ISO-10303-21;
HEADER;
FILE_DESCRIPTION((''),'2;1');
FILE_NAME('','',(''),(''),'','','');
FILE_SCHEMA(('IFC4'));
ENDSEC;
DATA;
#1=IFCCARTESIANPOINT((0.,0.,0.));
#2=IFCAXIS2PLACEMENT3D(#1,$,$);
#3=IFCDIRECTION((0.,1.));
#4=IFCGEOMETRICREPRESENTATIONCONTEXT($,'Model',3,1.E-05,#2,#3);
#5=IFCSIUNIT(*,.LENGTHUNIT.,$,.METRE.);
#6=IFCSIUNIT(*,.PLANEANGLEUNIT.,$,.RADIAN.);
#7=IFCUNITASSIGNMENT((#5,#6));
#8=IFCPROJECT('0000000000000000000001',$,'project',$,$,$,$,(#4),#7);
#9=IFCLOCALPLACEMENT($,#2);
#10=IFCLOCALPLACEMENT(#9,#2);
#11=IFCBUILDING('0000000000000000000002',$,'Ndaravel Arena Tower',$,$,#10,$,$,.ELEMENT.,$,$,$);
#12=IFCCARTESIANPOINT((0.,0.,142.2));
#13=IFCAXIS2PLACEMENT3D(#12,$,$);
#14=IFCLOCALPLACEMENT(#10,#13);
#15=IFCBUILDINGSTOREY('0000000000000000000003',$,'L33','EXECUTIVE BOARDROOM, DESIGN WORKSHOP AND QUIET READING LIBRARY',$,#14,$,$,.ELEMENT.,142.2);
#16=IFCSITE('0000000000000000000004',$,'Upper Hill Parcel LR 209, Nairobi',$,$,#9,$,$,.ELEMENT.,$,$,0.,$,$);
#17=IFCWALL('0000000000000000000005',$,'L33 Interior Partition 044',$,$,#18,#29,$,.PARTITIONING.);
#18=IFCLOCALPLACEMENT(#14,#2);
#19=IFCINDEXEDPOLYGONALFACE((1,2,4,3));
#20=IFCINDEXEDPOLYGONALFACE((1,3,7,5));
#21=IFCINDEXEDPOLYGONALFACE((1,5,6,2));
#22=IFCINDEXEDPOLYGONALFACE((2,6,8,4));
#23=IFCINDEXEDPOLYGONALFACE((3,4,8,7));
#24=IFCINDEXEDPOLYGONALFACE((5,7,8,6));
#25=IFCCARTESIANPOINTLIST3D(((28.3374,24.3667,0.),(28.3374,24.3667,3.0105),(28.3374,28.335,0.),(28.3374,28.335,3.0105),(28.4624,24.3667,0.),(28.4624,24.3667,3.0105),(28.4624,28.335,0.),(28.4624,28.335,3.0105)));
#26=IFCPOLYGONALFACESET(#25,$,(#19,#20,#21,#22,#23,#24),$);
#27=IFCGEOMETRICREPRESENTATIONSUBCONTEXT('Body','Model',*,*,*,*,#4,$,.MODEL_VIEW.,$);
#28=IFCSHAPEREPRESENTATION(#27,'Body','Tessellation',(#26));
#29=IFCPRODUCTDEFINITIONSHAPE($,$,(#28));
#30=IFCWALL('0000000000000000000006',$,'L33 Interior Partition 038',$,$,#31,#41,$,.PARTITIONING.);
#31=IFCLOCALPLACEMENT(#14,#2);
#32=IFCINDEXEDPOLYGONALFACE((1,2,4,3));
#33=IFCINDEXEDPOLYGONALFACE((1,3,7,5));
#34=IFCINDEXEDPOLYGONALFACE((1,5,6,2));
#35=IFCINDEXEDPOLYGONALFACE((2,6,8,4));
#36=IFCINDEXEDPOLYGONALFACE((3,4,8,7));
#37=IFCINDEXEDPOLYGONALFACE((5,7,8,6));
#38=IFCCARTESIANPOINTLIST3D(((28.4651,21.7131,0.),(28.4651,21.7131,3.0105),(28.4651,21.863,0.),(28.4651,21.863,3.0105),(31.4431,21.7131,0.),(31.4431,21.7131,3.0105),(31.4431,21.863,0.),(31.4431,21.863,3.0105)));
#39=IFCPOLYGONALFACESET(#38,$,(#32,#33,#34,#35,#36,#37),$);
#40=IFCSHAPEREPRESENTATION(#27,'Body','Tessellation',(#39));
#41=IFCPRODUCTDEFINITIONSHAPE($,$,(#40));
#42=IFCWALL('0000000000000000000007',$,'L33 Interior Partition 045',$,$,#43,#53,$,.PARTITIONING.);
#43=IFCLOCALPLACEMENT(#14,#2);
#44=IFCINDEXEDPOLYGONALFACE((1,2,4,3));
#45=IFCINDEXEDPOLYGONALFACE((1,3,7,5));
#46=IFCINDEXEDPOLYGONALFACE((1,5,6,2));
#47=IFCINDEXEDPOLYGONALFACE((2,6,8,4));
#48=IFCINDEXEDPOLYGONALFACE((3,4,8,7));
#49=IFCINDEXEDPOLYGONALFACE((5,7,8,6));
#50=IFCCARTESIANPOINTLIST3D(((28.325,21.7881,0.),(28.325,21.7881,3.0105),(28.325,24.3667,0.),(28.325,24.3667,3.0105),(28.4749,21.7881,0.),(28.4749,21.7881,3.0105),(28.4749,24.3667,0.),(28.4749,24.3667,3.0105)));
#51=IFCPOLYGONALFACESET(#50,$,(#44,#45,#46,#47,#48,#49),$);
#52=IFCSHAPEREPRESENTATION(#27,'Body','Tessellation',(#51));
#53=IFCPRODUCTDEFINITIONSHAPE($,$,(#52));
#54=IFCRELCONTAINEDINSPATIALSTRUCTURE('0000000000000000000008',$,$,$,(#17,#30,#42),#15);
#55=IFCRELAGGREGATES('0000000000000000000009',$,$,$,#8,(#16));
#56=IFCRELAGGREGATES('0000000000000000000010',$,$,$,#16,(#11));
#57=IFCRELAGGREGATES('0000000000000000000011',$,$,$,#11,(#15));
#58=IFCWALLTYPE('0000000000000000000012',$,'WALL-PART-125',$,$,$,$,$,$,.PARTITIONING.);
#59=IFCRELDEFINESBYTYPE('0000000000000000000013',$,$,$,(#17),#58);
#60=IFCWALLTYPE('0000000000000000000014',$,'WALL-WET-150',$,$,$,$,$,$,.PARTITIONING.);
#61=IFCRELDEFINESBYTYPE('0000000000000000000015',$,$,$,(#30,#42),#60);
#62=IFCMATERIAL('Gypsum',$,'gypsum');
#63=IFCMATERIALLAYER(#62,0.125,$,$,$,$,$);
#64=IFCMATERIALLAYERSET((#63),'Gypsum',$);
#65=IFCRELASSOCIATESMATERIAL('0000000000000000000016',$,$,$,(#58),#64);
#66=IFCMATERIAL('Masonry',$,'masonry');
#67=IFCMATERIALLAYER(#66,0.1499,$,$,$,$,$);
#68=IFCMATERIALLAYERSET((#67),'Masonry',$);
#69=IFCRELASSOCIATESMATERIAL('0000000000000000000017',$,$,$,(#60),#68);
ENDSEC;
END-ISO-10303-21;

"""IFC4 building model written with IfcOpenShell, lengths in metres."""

from ifc_helpers import new_model, si_unit, direction, frame, frame_2d, origin, place, context, subcontext, project, spatial, rectangle, extrude, material, layer, layer_set, type_object, element, save


model = new_model("IFC4")

# Units and contexts
model_context = context("Model", 3, precision=1e-05, world=origin(), true_north=direction((0.0, 1.0)))
body_context = subcontext(model_context, "Body", "Model", "MODEL_VIEW")
ifc_project = project(units=[si_unit("LENGTHUNIT", "METRE"), si_unit("PLANEANGLEUNIT", "RADIAN")], contexts=[model_context])

# Site, building, storey
site_placement = place(None, origin())
site = spatial("IfcSite", under=ifc_project, at=site_placement, Name="Upper Hill Parcel LR 209, Nairobi", CompositionType="ELEMENT", RefElevation=0.0)
building_placement = place(site_placement, origin())
building = spatial("IfcBuilding", under=site, at=building_placement, Name="Ndaravel Arena Tower", CompositionType="ELEMENT")
storey_placement = place(building_placement, frame((0.0, 0.0, 142.2)))
storey = spatial("IfcBuildingStorey", under=building, at=storey_placement, Name="L33", Description="EXECUTIVE BOARDROOM, DESIGN WORKSHOP AND QUIET READING LIBRARY", CompositionType="ELEMENT", Elevation=142.2)

# Shared definitions
ifc_material_1 = material(Name="Gypsum", Category="gypsum")
ifc_layer_1 = layer(ifc_material_1, 0.125)
ifc_layer_set_1 = layer_set([ifc_layer_1], Name="Gypsum")
wall_type_1 = type_object("IfcWallType", Name="WALL-PART-125", PredefinedType="PARTITIONING", material=ifc_layer_set_1)

# Walls
wall_1_placement = place(storey_placement, frame((28.3999, 28.335, 0.0), z_axis=(0.0, 0.0, 1.0), x_axis=(0.0, -1.0, 0.0)))
element("IfcWall", 1, at=wall_1_placement, inside=storey, type_object=wall_type_1, Name="L33 Interior Partition 044", PredefinedType="PARTITIONING", context=body_context, shape_type="SweptSolid", body=[
    extrude(rectangle(XDim=3.9683, YDim=0.125, at=frame_2d((1.9841, 0.0))), origin(), (0.0, 0.0, 1.0), 3.0105),
])
ifc_material_2 = material(Name="Masonry", Category="masonry")
ifc_layer_2 = layer(ifc_material_2, 0.1499)
ifc_layer_set_2 = layer_set([ifc_layer_2], Name="Masonry")
wall_type_2 = type_object("IfcWallType", Name="WALL-WET-150", PredefinedType="PARTITIONING", material=ifc_layer_set_2)
wall_2_placement = place(storey_placement, frame((28.4651, 21.7881, 0.0), z_axis=(0.0, 0.0, 1.0), x_axis=(1.0, 0.0, 0.0)))
element("IfcWall", 2, at=wall_2_placement, inside=storey, type_object=wall_type_2, Name="L33 Interior Partition 038", PredefinedType="PARTITIONING", context=body_context, shape_type="SweptSolid", body=[
    extrude(rectangle(XDim=2.978, YDim=0.1499, at=frame_2d((1.489, 0.0))), origin(), (0.0, 0.0, 1.0), 3.0105),
])
wall_3_placement = place(storey_placement, frame((28.3999, 24.3667, 0.0), z_axis=(0.0, 0.0, 1.0), x_axis=(0.0, -1.0, 0.0)))
element("IfcWall", 3, at=wall_3_placement, inside=storey, type_object=wall_type_2, Name="L33 Interior Partition 045", PredefinedType="PARTITIONING", context=body_context, shape_type="SweptSolid", body=[
    extrude(rectangle(XDim=2.5786, YDim=0.1499, at=frame_2d((1.2893, 0.0))), origin(), (0.0, 0.0, 1.0), 3.0105),
])

save(model, "model.ifc")
